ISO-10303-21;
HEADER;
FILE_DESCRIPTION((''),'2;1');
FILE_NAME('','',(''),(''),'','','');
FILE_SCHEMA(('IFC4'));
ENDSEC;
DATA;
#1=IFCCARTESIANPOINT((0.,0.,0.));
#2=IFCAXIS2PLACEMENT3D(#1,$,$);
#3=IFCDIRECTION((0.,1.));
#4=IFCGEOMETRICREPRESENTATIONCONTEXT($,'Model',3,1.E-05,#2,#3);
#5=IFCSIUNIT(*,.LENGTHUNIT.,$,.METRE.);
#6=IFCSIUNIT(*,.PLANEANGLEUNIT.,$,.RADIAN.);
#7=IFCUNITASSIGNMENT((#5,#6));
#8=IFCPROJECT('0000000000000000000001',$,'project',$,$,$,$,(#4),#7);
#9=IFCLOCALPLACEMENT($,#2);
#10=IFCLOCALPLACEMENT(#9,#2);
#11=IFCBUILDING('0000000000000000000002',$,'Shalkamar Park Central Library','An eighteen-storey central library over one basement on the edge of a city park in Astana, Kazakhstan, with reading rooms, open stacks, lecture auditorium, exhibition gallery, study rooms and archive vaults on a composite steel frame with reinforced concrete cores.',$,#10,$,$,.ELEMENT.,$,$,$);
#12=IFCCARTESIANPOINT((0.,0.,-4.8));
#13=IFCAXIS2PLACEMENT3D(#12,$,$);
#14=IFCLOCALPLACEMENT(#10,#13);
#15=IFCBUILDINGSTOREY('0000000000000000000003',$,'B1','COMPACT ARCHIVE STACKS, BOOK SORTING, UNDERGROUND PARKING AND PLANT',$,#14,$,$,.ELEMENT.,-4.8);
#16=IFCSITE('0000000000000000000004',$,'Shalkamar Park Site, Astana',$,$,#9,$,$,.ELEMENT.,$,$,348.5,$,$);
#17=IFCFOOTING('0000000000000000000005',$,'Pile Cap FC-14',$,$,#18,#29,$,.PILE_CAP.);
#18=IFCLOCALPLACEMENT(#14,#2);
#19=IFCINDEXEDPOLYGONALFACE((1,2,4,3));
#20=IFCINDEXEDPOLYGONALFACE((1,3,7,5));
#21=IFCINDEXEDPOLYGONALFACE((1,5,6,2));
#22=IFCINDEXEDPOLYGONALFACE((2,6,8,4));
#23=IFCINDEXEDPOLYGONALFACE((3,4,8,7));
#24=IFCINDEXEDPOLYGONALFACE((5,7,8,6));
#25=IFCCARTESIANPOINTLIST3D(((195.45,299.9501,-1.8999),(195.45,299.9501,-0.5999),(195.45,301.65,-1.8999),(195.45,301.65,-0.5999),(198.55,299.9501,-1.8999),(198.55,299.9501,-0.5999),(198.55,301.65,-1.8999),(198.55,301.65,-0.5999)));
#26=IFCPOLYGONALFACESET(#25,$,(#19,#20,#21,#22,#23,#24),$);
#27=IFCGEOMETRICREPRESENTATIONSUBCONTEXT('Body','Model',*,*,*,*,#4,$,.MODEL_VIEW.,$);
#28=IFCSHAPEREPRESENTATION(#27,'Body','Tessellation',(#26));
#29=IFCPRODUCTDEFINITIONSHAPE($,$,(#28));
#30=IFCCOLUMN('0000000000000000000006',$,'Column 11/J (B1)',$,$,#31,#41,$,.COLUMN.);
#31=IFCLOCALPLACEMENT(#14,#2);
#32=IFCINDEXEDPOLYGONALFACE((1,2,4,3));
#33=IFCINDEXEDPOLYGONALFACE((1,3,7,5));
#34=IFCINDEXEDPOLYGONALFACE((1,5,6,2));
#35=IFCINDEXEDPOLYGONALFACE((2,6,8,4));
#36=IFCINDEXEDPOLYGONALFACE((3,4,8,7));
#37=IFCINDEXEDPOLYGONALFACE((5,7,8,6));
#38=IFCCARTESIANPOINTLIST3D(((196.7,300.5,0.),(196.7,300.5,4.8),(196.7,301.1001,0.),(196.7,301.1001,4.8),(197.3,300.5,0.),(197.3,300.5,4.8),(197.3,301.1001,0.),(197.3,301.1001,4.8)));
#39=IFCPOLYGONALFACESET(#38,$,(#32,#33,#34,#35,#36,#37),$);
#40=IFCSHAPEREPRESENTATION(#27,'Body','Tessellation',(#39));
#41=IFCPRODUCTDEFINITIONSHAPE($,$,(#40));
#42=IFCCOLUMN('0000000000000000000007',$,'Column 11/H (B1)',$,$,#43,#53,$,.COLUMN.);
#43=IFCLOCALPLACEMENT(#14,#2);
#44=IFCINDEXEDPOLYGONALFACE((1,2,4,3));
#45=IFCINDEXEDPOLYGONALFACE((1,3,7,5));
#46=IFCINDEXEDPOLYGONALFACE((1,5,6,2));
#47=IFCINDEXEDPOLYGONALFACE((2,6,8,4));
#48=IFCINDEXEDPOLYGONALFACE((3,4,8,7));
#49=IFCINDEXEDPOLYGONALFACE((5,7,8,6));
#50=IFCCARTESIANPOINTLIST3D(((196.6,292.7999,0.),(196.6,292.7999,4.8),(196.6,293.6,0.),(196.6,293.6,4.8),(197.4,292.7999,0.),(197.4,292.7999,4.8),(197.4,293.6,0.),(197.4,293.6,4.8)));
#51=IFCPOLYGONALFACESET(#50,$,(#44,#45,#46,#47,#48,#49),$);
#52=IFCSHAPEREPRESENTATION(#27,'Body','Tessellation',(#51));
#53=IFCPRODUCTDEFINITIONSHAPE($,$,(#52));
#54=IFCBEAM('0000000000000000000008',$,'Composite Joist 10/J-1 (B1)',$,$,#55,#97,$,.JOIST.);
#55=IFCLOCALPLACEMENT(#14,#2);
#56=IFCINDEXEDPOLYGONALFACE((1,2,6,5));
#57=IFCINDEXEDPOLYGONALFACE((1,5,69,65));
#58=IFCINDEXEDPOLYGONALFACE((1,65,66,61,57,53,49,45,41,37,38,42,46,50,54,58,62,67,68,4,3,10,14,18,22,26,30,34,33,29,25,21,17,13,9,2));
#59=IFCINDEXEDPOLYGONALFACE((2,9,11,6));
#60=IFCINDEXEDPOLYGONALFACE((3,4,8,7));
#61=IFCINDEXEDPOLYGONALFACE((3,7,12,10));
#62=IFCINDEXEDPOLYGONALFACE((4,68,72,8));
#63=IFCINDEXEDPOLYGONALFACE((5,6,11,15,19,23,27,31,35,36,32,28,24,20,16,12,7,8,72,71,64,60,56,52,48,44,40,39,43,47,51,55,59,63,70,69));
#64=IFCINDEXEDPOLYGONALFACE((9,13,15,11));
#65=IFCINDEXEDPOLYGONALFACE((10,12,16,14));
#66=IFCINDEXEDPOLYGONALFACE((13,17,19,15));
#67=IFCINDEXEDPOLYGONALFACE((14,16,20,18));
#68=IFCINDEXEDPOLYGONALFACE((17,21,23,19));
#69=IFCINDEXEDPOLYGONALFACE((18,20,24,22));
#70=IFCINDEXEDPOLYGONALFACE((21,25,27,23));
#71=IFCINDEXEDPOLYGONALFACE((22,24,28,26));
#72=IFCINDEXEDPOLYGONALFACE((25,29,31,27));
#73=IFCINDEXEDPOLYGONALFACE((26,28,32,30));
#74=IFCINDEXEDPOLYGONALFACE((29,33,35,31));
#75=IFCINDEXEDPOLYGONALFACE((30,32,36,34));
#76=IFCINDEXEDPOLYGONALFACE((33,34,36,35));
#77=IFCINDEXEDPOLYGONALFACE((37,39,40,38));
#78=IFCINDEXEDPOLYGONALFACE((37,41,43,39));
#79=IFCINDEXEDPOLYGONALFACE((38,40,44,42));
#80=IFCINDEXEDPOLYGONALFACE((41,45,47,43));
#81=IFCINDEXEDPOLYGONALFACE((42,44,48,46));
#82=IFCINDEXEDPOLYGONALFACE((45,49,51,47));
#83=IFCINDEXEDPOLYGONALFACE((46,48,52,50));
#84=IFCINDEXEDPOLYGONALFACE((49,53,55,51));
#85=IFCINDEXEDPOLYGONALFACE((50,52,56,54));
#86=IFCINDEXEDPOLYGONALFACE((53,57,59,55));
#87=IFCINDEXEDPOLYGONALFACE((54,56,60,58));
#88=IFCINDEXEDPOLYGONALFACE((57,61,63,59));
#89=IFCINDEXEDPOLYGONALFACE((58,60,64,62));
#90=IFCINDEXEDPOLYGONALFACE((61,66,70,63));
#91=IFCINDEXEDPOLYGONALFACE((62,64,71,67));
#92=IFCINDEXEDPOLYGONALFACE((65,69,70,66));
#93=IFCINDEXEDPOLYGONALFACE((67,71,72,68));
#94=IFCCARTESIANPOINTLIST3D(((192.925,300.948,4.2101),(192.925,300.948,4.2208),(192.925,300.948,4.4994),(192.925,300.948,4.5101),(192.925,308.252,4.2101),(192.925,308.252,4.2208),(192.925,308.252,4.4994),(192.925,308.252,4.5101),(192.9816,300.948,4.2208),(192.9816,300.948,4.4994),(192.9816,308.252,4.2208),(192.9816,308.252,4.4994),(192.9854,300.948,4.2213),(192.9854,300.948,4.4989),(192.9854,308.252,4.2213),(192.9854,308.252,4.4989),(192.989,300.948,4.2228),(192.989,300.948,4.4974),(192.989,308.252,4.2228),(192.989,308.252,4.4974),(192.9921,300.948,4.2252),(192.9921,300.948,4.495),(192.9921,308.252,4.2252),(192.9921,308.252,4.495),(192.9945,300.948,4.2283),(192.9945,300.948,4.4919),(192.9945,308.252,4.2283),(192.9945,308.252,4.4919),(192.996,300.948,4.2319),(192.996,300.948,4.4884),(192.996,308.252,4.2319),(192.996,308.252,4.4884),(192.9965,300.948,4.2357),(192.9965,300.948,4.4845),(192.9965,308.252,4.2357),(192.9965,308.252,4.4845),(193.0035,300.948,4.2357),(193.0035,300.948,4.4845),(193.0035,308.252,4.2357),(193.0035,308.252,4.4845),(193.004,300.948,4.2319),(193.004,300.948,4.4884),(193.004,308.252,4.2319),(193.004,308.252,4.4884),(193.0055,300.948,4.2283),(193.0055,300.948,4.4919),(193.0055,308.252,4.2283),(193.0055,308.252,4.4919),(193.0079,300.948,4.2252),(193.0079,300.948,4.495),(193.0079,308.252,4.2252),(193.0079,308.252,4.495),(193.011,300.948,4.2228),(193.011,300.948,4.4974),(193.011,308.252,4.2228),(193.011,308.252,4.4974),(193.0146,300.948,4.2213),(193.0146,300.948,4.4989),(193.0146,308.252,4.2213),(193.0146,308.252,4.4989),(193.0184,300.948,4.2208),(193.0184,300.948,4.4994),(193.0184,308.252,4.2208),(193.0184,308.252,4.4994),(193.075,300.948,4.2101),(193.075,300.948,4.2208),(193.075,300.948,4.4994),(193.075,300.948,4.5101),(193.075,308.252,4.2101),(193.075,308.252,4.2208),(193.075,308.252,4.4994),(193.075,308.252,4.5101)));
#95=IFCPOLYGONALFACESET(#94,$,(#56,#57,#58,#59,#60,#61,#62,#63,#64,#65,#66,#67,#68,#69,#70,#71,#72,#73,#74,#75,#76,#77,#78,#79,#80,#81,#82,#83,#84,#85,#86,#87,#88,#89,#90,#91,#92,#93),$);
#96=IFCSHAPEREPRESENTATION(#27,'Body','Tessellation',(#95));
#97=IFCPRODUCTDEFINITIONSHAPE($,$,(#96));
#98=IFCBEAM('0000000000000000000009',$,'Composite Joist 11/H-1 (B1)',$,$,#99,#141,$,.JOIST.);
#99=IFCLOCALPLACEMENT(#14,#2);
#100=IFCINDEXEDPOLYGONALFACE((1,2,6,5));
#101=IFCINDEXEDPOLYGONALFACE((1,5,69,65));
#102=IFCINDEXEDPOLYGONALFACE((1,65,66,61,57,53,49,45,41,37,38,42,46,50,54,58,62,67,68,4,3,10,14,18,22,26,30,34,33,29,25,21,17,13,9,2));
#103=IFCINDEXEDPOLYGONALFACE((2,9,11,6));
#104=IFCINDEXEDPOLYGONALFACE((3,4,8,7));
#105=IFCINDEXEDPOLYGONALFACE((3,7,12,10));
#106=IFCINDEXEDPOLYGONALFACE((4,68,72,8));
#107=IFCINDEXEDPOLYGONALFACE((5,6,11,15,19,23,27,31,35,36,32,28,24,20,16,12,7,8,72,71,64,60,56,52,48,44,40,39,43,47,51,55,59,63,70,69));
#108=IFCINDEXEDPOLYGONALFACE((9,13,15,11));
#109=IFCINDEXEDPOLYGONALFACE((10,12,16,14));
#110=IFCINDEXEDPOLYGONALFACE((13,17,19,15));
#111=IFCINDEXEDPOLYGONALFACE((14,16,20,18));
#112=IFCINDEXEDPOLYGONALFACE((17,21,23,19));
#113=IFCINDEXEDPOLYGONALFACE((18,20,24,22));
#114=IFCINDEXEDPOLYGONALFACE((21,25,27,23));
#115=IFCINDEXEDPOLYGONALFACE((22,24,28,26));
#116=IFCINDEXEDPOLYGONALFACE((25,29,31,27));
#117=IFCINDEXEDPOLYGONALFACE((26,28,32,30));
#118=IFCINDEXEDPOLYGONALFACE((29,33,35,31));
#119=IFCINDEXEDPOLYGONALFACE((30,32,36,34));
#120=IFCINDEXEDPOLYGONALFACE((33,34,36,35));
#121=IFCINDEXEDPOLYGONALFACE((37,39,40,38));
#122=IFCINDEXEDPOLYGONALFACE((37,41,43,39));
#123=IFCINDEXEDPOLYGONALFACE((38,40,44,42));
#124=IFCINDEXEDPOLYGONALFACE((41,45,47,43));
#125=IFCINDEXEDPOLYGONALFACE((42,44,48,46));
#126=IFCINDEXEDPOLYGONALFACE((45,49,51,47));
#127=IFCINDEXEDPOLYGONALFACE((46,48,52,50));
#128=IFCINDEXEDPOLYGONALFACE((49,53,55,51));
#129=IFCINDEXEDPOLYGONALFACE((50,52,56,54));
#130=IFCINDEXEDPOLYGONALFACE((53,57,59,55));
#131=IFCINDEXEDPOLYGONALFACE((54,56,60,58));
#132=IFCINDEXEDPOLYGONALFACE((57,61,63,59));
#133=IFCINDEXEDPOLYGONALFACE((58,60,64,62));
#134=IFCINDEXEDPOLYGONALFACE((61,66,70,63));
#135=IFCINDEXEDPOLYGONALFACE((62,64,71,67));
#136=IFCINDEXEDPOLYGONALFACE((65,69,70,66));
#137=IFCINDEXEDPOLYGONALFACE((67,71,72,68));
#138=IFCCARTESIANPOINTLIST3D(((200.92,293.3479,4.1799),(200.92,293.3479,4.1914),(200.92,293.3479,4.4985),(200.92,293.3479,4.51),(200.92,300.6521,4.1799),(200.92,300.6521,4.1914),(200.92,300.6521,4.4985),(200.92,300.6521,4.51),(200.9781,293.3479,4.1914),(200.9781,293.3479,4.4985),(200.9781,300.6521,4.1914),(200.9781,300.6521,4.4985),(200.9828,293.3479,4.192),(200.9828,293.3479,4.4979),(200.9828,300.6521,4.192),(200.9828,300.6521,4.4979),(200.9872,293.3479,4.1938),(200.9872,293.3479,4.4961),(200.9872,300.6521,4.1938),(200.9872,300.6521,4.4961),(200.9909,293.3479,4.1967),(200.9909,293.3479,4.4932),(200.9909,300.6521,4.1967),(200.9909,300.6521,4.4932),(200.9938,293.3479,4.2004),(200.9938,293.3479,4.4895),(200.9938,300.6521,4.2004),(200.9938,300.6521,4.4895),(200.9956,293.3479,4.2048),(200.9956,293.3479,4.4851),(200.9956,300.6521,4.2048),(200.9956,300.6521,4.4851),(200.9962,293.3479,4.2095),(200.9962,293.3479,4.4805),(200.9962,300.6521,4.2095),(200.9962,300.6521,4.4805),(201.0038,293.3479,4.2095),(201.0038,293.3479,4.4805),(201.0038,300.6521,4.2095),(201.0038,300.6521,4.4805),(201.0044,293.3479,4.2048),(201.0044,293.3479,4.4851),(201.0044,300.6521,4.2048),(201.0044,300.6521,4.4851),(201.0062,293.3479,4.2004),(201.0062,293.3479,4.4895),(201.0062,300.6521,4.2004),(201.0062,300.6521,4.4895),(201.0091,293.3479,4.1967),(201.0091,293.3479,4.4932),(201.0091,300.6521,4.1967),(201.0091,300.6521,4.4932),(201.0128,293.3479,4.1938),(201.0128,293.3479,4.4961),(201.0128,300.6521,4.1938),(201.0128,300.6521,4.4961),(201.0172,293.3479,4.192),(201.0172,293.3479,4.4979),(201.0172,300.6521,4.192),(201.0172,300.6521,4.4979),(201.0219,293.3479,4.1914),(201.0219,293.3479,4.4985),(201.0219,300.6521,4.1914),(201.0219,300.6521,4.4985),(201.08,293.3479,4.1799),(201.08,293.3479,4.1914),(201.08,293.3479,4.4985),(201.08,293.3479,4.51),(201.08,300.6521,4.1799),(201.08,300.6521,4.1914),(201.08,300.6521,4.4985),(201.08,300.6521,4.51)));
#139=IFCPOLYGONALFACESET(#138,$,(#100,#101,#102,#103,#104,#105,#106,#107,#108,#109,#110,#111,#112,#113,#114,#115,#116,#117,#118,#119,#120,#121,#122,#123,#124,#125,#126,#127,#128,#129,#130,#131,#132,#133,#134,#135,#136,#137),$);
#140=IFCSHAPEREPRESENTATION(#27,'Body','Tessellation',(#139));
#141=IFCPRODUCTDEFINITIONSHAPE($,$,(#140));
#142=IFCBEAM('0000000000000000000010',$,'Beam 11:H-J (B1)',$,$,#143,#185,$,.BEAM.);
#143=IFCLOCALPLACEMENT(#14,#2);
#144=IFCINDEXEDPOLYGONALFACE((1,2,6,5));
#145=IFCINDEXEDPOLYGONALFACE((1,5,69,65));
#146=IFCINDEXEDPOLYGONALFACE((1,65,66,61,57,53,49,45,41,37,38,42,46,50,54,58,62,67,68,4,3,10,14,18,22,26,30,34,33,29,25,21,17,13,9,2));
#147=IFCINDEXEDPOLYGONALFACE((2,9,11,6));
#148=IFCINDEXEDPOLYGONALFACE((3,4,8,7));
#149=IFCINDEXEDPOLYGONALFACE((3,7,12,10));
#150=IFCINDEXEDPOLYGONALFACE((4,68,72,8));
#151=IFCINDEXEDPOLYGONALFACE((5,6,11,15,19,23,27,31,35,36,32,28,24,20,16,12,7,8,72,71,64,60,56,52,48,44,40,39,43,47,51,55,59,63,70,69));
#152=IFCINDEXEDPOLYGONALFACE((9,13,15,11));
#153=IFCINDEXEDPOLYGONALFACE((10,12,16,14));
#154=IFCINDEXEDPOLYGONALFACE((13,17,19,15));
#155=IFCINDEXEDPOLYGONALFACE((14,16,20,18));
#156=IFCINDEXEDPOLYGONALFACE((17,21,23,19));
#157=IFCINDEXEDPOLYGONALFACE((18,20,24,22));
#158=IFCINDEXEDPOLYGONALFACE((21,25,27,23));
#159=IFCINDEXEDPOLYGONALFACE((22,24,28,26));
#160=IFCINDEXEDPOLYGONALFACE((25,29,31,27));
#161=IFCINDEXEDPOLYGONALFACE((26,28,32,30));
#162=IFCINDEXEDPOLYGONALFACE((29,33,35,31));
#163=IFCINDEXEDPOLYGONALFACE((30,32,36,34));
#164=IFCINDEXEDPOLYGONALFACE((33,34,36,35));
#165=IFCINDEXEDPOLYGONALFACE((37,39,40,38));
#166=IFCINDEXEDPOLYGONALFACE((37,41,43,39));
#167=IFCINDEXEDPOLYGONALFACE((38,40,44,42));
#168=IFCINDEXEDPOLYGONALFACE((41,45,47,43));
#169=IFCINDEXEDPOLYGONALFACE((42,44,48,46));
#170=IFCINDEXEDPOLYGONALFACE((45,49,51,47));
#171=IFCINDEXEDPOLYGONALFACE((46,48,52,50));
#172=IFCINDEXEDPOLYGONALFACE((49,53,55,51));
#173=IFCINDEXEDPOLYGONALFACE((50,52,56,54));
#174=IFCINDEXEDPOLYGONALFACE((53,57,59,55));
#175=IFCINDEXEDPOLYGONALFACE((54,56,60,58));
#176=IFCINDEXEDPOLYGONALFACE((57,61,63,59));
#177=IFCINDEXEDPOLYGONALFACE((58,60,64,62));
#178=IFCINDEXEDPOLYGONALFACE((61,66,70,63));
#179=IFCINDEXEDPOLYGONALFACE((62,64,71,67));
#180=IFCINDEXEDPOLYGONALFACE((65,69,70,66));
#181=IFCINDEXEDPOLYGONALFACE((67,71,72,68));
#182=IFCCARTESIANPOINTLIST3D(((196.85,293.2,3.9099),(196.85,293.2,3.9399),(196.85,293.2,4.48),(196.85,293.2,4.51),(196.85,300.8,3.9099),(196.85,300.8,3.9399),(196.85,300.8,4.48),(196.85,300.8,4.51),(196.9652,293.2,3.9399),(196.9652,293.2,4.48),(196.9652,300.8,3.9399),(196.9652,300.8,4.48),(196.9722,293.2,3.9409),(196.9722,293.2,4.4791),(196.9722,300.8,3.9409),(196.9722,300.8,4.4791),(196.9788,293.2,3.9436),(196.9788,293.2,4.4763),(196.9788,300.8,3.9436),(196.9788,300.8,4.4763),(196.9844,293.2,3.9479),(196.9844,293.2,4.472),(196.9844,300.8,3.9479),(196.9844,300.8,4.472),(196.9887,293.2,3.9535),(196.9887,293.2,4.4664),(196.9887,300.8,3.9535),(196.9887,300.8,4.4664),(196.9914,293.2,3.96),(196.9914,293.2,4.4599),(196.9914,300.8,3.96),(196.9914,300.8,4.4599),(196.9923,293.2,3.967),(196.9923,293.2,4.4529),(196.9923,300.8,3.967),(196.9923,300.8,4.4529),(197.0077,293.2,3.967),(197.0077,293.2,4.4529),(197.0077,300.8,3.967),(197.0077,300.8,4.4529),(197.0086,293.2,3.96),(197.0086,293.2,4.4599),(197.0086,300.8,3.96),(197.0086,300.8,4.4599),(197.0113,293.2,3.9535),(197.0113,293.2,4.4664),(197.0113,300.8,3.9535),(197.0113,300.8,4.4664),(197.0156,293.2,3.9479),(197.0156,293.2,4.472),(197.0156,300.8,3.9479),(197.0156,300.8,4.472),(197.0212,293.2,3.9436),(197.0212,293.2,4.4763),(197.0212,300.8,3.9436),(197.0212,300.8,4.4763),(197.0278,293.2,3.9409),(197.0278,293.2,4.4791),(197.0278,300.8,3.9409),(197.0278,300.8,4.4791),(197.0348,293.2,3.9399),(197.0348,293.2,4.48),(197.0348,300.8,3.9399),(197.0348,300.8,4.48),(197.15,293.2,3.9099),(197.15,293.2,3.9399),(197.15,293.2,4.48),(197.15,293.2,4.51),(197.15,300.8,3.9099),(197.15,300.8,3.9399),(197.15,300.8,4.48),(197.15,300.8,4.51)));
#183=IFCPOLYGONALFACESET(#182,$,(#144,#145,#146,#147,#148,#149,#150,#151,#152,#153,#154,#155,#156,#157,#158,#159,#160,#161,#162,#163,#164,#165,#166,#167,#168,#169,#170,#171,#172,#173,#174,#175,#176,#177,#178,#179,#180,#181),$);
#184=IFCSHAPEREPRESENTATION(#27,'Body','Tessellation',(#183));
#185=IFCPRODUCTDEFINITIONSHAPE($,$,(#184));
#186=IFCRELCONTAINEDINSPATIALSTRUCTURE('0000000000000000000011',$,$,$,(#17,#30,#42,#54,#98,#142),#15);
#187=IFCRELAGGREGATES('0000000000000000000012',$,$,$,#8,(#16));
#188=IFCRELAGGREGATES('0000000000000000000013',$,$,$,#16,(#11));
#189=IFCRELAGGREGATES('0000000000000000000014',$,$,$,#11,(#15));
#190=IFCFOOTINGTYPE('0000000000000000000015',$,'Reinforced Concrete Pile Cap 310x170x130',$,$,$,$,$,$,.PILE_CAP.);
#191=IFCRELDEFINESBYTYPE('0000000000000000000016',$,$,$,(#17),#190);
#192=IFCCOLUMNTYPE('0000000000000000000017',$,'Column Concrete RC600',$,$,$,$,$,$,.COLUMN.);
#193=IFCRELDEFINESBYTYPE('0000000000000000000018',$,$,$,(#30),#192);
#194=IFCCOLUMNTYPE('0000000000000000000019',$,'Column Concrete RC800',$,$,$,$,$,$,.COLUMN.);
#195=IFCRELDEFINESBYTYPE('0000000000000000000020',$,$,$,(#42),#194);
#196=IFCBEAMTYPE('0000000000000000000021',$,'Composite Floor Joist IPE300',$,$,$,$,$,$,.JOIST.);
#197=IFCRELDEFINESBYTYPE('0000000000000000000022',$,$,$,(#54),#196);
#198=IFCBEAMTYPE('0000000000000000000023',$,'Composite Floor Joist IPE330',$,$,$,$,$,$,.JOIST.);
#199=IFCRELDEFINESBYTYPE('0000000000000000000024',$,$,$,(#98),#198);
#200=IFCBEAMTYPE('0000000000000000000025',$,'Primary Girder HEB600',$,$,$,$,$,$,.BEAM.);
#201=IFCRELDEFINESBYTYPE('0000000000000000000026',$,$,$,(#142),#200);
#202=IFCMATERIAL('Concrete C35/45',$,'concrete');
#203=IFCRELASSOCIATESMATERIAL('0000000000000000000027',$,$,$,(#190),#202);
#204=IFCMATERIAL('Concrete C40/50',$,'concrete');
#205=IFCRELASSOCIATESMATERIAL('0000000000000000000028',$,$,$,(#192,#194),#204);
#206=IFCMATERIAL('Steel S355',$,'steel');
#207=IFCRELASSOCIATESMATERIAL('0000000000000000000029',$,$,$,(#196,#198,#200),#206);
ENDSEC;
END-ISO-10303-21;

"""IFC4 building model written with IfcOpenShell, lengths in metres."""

from ifc_helpers import new_model, si_unit, direction, frame, origin, origin_2d, place, context, subcontext, project, spatial, rectangle, i_section, extrude, material, material_profile, profile_set, type_object, element, save


model = new_model("IFC4")

# Units and contexts
model_context = context("Model", 3, precision=1e-05, world=origin(), true_north=direction((0.0, 1.0)))
body_context = subcontext(model_context, "Body", "Model", "MODEL_VIEW")
ifc_project = project(units=[si_unit("LENGTHUNIT", "METRE"), si_unit("PLANEANGLEUNIT", "RADIAN")], contexts=[model_context])

# Site, building, storey
site_placement = place(None, origin())
site = spatial("IfcSite", under=ifc_project, at=site_placement, Name="Shalkamar Park Site, Astana", CompositionType="ELEMENT", RefElevation=348.5)
building_placement = place(site_placement, origin())
building = spatial("IfcBuilding", under=site, at=building_placement, Name="Shalkamar Park Central Library", Description="An eighteen-storey central library over one basement on the edge of a city park in Astana, Kazakhstan, with reading rooms, open stacks, lecture auditorium, exhibition gallery, study rooms and archive vaults on a composite steel frame with reinforced concrete cores.", CompositionType="ELEMENT")
storey_placement = place(building_placement, frame((0.0, 0.0, -4.8)))
storey = spatial("IfcBuildingStorey", under=building, at=storey_placement, Name="B1", Description="COMPACT ARCHIVE STACKS, BOOK SORTING, UNDERGROUND PARKING AND PLANT", CompositionType="ELEMENT", Elevation=-4.8)

# Shared definitions
ifc_material_1 = material(Name="Concrete C35/45", Category="concrete")

# Footing
footing_type_1 = type_object("IfcFootingType", Name="Reinforced Concrete Pile Cap 310x170x130", PredefinedType="PILE_CAP", material=ifc_material_1)
footing_1_placement = place(storey_placement, frame((197.0, 300.8, -1.8999), z_axis=(0.0, 0.0, 1.0), x_axis=(1.0, 0.0, 0.0)))
element("IfcFooting", 1, at=footing_1_placement, inside=storey, type_object=footing_type_1, Name="Pile Cap FC-14", PredefinedType="PILE_CAP", context=body_context, shape_type="SweptSolid", body=[
    extrude(rectangle(XDim=3.1001, YDim=1.7, at=origin_2d()), origin(), (0.0, 0.0, 1.0), 1.3),
])

# Columns
ifc_material_2 = material(Name="Concrete C40/50", Category="concrete")
ifc_material_profile_1 = material_profile(ifc_material_2, rectangle(XDim=0.6001, YDim=0.6001, at=origin_2d()), Name="RC 600x600")
ifc_profile_set_1 = profile_set([ifc_material_profile_1], Name="Concrete C40/50")
column_type_1 = type_object("IfcColumnType", Name="Column Concrete RC600", PredefinedType="COLUMN", material=ifc_profile_set_1)
column_1_placement = place(storey_placement, frame((197.0, 300.8, 0.0), z_axis=(0.0, 0.0, 1.0), x_axis=(1.0, 0.0, 0.0)))
element("IfcColumn", 2, at=column_1_placement, inside=storey, type_object=column_type_1, Name="Column 11/J (B1)", PredefinedType="COLUMN", context=body_context, shape_type="SweptSolid", body=[
    extrude(rectangle(XDim=0.6001, YDim=0.6001, at=origin_2d()), origin(), (0.0, 0.0, 1.0), 4.8),
])
ifc_material_profile_2 = material_profile(ifc_material_2, rectangle(XDim=0.8, YDim=0.8, at=origin_2d()), Name="RC 800x800")
ifc_profile_set_2 = profile_set([ifc_material_profile_2], Name="Concrete C40/50")
column_type_2 = type_object("IfcColumnType", Name="Column Concrete RC800", PredefinedType="COLUMN", material=ifc_profile_set_2)
column_2_placement = place(storey_placement, frame((197.0, 293.2, 0.0), z_axis=(0.0, 0.0, 1.0), x_axis=(1.0, 0.0, 0.0)))
element("IfcColumn", 3, at=column_2_placement, inside=storey, type_object=column_type_2, Name="Column 11/H (B1)", PredefinedType="COLUMN", context=body_context, shape_type="SweptSolid", body=[
    extrude(rectangle(XDim=0.8, YDim=0.8, at=origin_2d()), origin(), (0.0, 0.0, 1.0), 4.8),
])

# Beams
ifc_material_3 = material(Name="Steel S355", Category="steel")
ifc_material_profile_3 = material_profile(ifc_material_3, i_section(OverallWidth=0.1499, OverallDepth=0.3, WebThickness=0.0071, FlangeThickness=0.0107, FilletRadius=0.0149, at=origin_2d()), Name="IPE 300")
ifc_profile_set_3 = profile_set([ifc_material_profile_3], Name="Steel S355")
beam_type_1 = type_object("IfcBeamType", Name="Composite Floor Joist IPE300", PredefinedType="JOIST", material=ifc_profile_set_3)
beam_1_placement = place(storey_placement, frame((193.0, 300.948, 4.3601), z_axis=(0.0, 1.0, 0.0), x_axis=(-1.0, 0.0, 0.0)))
element("IfcBeam", 4, at=beam_1_placement, inside=storey, type_object=beam_type_1, Name="Composite Joist 10/J-1 (B1)", PredefinedType="JOIST", context=body_context, shape_type="SweptSolid", body=[
    extrude(i_section(OverallWidth=0.1499, OverallDepth=0.3, WebThickness=0.0071, FlangeThickness=0.0107, FilletRadius=0.0149, at=origin_2d()), origin(), (0.0, 0.0, 1.0), 7.304),
])
ifc_material_profile_4 = material_profile(ifc_material_3, i_section(OverallWidth=0.1599, OverallDepth=0.3301, WebThickness=0.0076, FlangeThickness=0.0115, FilletRadius=0.0181, at=origin_2d()), Name="IPE 330")
ifc_profile_set_4 = profile_set([ifc_material_profile_4], Name="Steel S355")
beam_type_2 = type_object("IfcBeamType", Name="Composite Floor Joist IPE330", PredefinedType="JOIST", material=ifc_profile_set_4)
beam_2_placement = place(storey_placement, frame((201.0, 293.3479, 4.345), z_axis=(0.0, 1.0, 0.0), x_axis=(-1.0, 0.0, 0.0)))
element("IfcBeam", 5, at=beam_2_placement, inside=storey, type_object=beam_type_2, Name="Composite Joist 11/H-1 (B1)", PredefinedType="JOIST", context=body_context, shape_type="SweptSolid", body=[
    extrude(i_section(OverallWidth=0.1599, OverallDepth=0.3301, WebThickness=0.0076, FlangeThickness=0.0115, FilletRadius=0.0181, at=origin_2d()), origin(), (0.0, 0.0, 1.0), 7.3042),
])
ifc_material_profile_5 = material_profile(ifc_material_3, i_section(OverallWidth=0.3, OverallDepth=0.6001, WebThickness=0.0154, FlangeThickness=0.03, FilletRadius=0.0271, at=origin_2d()), Name="HEB 600")
ifc_profile_set_5 = profile_set([ifc_material_profile_5], Name="Steel S355")
beam_type_3 = type_object("IfcBeamType", Name="Primary Girder HEB600", PredefinedType="BEAM", material=ifc_profile_set_5)
beam_3_placement = place(storey_placement, frame((197.0, 293.2, 4.21), z_axis=(0.0, 1.0, 0.0), x_axis=(-1.0, 0.0, 0.0)))
element("IfcBeam", 6, at=beam_3_placement, inside=storey, type_object=beam_type_3, Name="Beam 11:H-J (B1)", PredefinedType="BEAM", context=body_context, shape_type="SweptSolid", body=[
    extrude(i_section(OverallWidth=0.3, OverallDepth=0.6001, WebThickness=0.0154, FlangeThickness=0.03, FilletRadius=0.0271, at=origin_2d()), origin(), (0.0, 0.0, 1.0), 7.6001),
])

save(model, "model.ifc")
